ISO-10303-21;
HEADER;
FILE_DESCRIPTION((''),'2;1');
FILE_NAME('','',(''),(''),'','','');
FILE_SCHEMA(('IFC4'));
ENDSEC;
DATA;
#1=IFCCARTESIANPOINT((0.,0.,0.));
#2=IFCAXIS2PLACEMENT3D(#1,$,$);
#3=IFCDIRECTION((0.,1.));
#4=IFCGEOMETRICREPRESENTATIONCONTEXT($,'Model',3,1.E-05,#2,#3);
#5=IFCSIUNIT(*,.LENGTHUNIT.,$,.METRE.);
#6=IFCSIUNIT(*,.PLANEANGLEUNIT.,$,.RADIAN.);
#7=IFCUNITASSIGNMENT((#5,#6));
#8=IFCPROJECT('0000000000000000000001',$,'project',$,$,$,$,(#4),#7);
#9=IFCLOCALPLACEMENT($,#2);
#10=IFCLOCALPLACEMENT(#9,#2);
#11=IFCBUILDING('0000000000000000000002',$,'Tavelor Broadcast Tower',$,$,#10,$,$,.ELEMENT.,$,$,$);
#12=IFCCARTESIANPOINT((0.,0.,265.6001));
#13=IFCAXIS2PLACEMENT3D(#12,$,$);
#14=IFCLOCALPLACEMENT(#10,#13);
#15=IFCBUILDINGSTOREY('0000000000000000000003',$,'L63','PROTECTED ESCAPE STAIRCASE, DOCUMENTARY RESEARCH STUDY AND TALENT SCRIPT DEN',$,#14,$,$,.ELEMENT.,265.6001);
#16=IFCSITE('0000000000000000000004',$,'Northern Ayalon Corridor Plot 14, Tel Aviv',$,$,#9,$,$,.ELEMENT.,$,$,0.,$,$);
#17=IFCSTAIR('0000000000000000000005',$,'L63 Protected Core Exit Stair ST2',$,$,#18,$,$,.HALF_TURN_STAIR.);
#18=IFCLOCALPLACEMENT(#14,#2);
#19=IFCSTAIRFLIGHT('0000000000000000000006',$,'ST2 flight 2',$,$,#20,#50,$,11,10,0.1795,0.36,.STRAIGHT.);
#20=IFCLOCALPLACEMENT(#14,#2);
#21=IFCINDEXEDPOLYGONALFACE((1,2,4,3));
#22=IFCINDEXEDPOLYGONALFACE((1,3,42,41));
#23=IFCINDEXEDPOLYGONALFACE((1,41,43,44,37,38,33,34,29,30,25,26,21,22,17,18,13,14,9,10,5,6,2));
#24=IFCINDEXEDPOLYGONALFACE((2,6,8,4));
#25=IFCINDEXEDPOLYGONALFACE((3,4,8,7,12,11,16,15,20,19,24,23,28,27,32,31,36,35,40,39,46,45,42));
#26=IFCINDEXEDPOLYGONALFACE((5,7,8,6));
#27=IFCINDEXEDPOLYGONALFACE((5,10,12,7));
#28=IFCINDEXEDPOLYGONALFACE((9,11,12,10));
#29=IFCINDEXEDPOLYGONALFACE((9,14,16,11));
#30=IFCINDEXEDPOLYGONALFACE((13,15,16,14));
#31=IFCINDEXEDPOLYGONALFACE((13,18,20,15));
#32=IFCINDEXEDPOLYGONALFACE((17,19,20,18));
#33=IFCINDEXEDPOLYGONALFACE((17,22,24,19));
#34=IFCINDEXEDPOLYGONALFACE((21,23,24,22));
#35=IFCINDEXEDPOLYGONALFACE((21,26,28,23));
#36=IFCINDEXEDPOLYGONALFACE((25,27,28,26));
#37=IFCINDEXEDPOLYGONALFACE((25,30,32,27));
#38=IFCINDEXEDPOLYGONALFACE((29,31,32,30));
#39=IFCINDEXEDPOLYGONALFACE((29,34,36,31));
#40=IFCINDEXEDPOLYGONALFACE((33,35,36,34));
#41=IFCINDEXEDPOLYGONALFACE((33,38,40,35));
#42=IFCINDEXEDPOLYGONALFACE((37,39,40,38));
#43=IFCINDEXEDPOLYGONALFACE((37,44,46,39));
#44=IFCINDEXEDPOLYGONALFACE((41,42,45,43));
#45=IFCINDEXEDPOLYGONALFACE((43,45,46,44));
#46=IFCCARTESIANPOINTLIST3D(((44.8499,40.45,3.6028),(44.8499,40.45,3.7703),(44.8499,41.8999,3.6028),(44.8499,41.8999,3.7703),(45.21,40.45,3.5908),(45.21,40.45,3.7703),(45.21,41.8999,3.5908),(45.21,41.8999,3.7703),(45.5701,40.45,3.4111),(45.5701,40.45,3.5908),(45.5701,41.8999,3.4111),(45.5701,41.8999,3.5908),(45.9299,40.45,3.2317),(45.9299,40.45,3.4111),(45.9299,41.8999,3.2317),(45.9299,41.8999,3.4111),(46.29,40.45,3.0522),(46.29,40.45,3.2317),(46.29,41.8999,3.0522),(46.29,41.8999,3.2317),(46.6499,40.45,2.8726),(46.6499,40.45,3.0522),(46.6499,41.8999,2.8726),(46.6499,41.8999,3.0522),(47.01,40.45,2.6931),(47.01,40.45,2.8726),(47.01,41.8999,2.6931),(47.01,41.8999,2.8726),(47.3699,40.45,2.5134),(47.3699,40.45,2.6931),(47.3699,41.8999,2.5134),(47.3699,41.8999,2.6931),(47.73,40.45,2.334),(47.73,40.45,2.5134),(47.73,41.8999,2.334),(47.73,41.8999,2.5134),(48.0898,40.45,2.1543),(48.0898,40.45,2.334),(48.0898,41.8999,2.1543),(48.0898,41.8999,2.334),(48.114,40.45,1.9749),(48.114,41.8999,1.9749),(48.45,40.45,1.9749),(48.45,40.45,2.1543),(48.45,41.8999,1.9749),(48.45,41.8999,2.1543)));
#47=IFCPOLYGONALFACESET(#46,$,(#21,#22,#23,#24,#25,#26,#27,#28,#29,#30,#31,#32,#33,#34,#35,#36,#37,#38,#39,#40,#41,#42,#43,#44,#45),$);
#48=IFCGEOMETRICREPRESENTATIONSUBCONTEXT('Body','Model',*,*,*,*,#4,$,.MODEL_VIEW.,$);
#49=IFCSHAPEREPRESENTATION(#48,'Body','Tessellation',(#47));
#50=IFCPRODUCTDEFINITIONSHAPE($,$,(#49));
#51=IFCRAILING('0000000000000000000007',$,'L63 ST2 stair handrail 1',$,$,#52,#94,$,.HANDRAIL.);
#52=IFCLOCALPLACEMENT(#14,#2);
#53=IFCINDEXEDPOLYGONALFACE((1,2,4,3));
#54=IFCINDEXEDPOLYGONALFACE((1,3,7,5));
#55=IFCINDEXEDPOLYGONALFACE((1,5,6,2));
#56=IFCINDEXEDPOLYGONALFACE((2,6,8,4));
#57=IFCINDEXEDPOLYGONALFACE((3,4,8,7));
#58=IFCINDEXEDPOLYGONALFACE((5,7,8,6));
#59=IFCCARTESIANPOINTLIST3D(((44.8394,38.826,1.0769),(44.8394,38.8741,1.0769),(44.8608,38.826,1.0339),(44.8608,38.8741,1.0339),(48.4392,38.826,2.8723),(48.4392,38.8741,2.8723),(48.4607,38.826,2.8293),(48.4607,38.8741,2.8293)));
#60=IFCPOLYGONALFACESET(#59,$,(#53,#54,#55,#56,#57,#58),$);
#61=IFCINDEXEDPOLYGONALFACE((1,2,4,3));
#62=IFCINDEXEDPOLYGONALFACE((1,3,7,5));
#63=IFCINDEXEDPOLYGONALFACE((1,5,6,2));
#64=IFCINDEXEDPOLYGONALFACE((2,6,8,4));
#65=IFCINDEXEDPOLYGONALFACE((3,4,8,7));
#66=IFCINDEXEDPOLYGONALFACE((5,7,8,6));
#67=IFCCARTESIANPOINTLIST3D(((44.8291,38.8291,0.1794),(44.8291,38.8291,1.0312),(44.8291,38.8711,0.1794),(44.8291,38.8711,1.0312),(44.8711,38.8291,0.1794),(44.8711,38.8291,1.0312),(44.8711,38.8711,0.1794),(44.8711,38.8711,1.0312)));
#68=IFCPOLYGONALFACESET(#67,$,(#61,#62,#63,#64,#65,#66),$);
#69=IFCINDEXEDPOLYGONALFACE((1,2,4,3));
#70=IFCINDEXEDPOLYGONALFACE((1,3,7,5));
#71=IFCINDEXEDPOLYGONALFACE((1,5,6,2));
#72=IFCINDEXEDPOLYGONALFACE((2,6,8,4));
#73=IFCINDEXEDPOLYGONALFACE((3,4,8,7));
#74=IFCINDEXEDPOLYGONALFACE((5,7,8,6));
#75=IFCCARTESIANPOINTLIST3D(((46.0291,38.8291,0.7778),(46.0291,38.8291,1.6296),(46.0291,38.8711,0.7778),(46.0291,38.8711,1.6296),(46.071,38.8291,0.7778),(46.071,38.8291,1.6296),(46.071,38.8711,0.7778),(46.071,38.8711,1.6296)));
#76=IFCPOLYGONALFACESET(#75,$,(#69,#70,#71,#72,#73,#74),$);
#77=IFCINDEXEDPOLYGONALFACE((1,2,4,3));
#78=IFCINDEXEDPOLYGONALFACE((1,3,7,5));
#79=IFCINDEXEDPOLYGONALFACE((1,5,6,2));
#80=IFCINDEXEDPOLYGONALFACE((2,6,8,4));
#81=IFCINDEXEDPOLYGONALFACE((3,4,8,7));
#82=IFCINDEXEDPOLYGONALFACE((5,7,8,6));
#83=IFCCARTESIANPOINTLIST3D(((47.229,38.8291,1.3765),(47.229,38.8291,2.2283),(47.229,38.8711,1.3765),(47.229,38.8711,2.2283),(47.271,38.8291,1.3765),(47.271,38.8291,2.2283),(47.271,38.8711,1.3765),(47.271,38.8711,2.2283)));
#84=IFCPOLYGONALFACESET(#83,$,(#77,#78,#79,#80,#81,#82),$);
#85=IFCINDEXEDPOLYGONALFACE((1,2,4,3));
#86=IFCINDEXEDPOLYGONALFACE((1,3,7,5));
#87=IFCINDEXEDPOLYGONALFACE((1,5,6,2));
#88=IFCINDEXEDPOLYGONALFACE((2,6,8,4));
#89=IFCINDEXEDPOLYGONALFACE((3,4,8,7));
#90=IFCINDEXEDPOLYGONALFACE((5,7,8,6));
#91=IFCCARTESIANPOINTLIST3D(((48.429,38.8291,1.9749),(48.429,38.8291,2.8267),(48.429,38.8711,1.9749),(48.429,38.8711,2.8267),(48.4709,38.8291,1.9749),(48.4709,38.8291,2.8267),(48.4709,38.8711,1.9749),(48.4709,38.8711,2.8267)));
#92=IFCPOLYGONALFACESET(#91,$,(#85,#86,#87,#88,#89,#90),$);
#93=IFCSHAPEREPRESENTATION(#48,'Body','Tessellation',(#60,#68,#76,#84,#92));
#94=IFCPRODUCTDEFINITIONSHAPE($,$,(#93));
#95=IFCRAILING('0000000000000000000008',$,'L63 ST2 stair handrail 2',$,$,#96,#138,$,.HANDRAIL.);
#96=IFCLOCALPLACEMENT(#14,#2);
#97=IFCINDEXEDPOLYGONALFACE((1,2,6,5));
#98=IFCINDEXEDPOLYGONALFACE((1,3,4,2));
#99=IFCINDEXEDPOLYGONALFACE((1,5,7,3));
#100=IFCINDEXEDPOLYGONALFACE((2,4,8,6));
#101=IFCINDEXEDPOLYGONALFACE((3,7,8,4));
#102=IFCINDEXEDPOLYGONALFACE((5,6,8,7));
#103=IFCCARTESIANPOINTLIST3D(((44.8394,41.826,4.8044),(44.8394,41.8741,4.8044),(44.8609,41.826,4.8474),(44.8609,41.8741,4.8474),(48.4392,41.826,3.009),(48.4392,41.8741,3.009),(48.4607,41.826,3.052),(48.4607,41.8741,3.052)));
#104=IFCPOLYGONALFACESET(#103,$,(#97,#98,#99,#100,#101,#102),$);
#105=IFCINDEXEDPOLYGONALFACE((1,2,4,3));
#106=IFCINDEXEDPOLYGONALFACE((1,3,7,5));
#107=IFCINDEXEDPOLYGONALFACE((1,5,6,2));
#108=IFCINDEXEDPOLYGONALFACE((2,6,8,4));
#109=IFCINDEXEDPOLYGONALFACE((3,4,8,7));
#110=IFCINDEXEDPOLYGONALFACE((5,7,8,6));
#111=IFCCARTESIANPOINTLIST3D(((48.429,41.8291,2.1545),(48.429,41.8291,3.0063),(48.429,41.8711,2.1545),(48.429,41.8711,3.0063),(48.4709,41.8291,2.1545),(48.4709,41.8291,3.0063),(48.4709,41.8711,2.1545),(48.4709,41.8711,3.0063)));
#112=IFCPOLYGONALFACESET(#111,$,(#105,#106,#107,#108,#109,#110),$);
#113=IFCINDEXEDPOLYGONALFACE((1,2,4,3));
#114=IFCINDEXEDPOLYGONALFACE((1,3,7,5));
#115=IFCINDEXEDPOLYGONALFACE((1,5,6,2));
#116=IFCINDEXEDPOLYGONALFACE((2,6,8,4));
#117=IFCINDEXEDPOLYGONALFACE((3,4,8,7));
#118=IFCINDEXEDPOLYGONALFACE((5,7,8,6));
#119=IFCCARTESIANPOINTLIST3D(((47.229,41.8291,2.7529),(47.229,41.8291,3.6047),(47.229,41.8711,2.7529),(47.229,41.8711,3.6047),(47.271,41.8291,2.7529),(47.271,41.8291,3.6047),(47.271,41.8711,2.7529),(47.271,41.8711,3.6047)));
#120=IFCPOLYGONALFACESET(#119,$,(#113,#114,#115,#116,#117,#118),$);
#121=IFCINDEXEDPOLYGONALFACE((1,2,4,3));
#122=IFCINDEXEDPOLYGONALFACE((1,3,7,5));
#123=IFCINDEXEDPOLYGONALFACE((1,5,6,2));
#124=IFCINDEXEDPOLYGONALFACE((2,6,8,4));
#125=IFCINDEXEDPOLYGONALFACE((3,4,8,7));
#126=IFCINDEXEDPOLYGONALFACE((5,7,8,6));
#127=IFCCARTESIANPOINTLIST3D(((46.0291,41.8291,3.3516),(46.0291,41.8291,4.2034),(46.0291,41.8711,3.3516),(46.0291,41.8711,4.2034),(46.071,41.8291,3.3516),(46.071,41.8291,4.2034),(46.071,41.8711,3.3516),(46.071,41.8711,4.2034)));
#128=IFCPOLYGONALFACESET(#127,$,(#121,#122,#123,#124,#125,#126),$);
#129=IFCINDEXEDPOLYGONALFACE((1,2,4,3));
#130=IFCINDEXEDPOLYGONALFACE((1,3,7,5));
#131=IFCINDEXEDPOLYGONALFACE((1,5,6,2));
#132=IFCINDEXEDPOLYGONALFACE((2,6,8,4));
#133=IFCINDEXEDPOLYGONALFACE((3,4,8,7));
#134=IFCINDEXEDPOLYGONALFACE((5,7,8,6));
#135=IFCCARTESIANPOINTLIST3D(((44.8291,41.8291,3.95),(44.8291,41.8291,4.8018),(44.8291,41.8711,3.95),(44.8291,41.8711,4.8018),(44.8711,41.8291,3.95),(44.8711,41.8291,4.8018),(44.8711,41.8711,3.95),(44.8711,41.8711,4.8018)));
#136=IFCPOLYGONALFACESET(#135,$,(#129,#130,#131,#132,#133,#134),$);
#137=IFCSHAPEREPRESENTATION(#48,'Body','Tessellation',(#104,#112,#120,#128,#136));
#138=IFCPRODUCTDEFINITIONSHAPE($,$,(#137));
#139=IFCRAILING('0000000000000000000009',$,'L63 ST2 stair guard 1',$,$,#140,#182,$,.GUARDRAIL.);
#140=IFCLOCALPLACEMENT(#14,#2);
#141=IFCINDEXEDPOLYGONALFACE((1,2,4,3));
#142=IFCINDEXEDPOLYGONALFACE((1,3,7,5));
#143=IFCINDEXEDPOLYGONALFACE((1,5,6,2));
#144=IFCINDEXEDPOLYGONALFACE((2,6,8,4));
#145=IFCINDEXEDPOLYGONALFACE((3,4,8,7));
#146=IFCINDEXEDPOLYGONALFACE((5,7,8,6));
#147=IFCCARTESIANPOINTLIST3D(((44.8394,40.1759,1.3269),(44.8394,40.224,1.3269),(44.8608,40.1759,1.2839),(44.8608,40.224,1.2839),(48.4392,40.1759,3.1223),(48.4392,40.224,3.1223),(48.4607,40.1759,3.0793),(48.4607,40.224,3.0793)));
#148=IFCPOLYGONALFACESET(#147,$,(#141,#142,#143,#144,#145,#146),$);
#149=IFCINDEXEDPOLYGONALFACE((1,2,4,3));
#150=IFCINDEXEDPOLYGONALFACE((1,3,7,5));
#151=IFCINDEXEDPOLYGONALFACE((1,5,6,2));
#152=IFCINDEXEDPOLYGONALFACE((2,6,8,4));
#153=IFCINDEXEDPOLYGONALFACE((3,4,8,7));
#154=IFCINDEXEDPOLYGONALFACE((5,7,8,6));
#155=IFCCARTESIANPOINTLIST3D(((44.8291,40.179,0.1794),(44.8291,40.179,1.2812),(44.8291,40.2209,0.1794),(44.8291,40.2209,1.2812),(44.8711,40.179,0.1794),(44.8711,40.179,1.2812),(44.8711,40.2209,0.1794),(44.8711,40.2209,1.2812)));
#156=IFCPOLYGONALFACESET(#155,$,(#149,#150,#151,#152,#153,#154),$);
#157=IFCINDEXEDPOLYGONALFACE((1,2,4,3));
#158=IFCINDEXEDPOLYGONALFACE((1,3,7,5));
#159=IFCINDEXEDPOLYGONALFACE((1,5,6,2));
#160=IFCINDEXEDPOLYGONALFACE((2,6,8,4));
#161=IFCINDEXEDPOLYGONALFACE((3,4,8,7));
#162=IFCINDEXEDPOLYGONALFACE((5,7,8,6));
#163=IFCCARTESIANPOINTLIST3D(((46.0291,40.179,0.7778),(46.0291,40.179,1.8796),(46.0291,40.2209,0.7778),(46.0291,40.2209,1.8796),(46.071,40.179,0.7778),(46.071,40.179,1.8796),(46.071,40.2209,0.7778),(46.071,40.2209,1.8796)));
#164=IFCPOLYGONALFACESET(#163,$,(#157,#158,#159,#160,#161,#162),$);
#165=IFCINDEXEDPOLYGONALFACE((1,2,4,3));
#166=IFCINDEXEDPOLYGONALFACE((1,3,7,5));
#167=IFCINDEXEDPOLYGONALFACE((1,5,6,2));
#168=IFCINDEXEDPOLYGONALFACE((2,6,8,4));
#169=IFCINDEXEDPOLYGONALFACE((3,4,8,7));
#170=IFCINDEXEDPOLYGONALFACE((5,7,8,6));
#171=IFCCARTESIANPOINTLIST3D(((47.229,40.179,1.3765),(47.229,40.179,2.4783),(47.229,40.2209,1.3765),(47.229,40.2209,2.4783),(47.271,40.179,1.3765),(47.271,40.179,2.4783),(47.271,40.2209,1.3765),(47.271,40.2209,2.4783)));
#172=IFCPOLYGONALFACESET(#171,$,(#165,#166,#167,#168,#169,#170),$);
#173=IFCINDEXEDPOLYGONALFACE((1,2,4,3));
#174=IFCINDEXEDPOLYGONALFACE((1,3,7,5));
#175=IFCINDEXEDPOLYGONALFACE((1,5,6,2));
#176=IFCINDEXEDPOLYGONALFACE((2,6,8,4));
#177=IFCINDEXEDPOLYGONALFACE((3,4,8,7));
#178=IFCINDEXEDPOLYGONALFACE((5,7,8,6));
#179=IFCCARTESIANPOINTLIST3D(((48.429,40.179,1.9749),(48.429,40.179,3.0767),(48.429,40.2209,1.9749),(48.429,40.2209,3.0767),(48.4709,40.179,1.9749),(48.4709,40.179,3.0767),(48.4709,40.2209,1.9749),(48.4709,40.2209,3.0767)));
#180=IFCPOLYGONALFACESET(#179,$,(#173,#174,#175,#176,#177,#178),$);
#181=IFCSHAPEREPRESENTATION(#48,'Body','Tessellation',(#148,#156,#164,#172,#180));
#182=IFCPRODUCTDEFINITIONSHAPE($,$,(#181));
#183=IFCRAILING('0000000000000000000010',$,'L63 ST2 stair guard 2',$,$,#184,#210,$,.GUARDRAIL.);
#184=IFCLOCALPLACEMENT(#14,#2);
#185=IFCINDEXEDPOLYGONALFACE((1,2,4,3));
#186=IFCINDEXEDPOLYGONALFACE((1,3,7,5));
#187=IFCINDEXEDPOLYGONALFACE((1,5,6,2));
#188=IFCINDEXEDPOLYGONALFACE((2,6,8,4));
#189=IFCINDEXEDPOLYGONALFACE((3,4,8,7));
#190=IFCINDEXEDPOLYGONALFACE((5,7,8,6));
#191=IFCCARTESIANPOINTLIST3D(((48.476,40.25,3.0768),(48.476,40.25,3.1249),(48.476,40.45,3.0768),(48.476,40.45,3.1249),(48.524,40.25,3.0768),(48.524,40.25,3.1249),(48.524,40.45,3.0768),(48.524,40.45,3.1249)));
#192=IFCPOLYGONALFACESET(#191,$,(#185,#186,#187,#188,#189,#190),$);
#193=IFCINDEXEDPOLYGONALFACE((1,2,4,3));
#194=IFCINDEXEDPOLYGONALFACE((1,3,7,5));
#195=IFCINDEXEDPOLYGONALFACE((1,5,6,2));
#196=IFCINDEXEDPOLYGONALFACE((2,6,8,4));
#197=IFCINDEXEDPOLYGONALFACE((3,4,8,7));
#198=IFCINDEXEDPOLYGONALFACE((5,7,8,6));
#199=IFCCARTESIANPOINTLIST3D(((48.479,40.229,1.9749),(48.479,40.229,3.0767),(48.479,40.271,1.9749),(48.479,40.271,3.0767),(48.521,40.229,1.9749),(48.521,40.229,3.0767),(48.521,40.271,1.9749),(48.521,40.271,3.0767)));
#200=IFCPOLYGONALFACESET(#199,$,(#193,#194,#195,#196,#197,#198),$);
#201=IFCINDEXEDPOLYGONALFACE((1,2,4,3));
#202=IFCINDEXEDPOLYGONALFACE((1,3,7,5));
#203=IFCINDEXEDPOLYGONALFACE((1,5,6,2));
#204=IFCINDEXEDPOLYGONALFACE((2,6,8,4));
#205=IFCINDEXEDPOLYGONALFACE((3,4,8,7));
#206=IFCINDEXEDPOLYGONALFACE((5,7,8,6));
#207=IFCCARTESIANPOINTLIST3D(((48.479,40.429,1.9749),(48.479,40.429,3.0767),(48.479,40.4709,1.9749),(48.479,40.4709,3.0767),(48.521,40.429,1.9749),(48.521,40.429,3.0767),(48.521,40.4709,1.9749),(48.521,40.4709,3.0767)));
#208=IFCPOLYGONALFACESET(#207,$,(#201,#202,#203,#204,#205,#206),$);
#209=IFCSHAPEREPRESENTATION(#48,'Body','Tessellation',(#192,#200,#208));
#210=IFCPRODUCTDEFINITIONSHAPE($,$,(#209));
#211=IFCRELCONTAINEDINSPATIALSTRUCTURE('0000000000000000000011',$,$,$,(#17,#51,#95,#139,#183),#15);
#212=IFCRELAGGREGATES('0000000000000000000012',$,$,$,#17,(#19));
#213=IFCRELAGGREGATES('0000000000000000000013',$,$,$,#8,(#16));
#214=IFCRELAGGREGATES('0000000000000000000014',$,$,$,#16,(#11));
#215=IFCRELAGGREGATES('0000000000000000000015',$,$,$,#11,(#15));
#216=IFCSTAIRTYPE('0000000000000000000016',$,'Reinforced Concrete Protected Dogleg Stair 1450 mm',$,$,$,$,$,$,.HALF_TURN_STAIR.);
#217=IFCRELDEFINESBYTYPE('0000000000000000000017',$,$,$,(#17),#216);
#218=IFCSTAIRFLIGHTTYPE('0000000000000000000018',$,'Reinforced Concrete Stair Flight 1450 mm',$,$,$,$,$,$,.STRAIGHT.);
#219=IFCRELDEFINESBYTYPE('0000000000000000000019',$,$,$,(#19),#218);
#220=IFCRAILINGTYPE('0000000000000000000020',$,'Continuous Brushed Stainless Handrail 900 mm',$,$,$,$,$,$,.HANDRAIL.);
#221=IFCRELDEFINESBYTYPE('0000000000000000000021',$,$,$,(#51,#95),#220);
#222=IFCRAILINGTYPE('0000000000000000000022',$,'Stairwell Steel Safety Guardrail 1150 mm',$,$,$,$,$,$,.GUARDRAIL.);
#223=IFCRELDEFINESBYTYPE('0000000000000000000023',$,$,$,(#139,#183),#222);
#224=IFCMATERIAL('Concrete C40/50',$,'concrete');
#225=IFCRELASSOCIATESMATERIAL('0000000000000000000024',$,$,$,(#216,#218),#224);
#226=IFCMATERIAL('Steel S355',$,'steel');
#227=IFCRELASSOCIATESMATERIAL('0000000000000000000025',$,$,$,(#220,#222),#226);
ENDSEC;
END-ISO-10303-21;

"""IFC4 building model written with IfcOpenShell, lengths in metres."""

from ifc_helpers import new_model, si_unit, direction, frame, origin, origin_2d, place, context, subcontext, project, spatial, polyline, rectangle, outline, extrude, material, type_object, element, aggregate, save


model = new_model("IFC4")

# Units and contexts
model_context = context("Model", 3, precision=1e-05, world=origin(), true_north=direction((0.0, 1.0)))
body_context = subcontext(model_context, "Body", "Model", "MODEL_VIEW")
ifc_project = project(units=[si_unit("LENGTHUNIT", "METRE"), si_unit("PLANEANGLEUNIT", "RADIAN")], contexts=[model_context])

# Site, building, storey
site_placement = place(None, origin())
site = spatial("IfcSite", under=ifc_project, at=site_placement, Name="Northern Ayalon Corridor Plot 14, Tel Aviv", CompositionType="ELEMENT", RefElevation=0.0)
building_placement = place(site_placement, origin())
building = spatial("IfcBuilding", under=site, at=building_placement, Name="Tavelor Broadcast Tower", CompositionType="ELEMENT")
storey_placement = place(building_placement, frame((0.0, 0.0, 265.6001)))
storey = spatial("IfcBuildingStorey", under=building, at=storey_placement, Name="L63", Description="PROTECTED ESCAPE STAIRCASE, DOCUMENTARY RESEARCH STUDY AND TALENT SCRIPT DEN", CompositionType="ELEMENT", Elevation=265.6001)

# Shared definitions
ifc_material_1 = material(Name="Concrete C40/50", Category="concrete")
ifc_material_2 = material(Name="Steel S355", Category="steel")

# Stair, stair flight
stair_type = type_object("IfcStairType", Name="Reinforced Concrete Protected Dogleg Stair 1450 mm", PredefinedType="HALF_TURN_STAIR", material=ifc_material_1)
stair_placement = place(storey_placement, origin())
stair = element("IfcStair", 1, at=stair_placement, inside=storey, type_object=stair_type, Name="L63 Protected Core Exit Stair ST2", PredefinedType="HALF_TURN_STAIR")
stair_flight_type = type_object("IfcStairFlightType", Name="Reinforced Concrete Stair Flight 1450 mm", PredefinedType="STRAIGHT", material=ifc_material_1)
stair_flight_1_placement = place(storey_placement, frame((48.45, 41.175, 1.9749), z_axis=(0.0, 0.0, 1.0), x_axis=(-1.0, 0.0, 0.0)))
stair_flight_1 = element("IfcStairFlight", 2, at=stair_flight_1_placement, type_object=stair_flight_type, Name="ST2 flight 2", NumberOfRisers=11, NumberOfTreads=10, PredefinedType="STRAIGHT", RiserHeight=0.1795, TreadLength=0.36, context=body_context, shape_type="SweptSolid", body=[
    extrude(outline(polyline([(0.0, 0.0), (0.0, 0.1794), (0.3601, 0.1794), (0.3601, 0.3591), (0.72, 0.3591), (0.72, 0.5386), (1.0801, 0.5386), (1.0801, 0.7183), (1.4399, 0.7183), (1.4399, 0.8977), (1.8, 0.8977), (1.8, 1.0774), (2.1599, 1.0774), (2.1599, 1.2568), (2.52, 1.2568), (2.52, 1.4363), (2.8799, 1.4363), (2.8799, 1.616), (3.24, 1.616), (3.24, 1.7954), (3.6001, 1.7954), (3.6001, 1.9751), (3.6001, 1.6279), (0.3359, 0.0), (0.0, 0.0)])), frame((0.0, 0.7251, 0.0), z_axis=(0.0, -1.0, 0.0), x_axis=(1.0, 0.0, 0.0)), (0.0, 0.0, 1.0), 1.45),
])
aggregate(stair, [stair_flight_1])

# Railings
railing_type_1 = type_object("IfcRailingType", Name="Continuous Brushed Stainless Handrail 900 mm", PredefinedType="HANDRAIL", material=ifc_material_2)
railing_1_placement = place(storey_placement, frame((44.8501, 38.8501, 0.1794)))
element("IfcRailing", 3, at=railing_1_placement, inside=storey, type_object=railing_type_1, Name="L63 ST2 stair handrail 1", PredefinedType="HANDRAIL", context=body_context, shape_type="SweptSolid", body=[
    extrude(rectangle(XDim=0.0481, YDim=0.0481, at=origin_2d()), frame((0.0, 0.0, 0.876), z_axis=(0.894876, 0.0, 0.446315), x_axis=(0.0, 1.0, 0.0)), (0.0, 0.0, 1.0), 4.0227),
    extrude(rectangle(XDim=0.042, YDim=0.042, at=origin_2d()), origin(), (0.0, 0.0, 1.0), 0.8518),
    extrude(rectangle(XDim=0.042, YDim=0.042, at=origin_2d()), frame((1.2, 0.0, 0.5984)), (0.0, 0.0, 1.0), 0.8518),
    extrude(rectangle(XDim=0.042, YDim=0.042, at=origin_2d()), frame((2.3999, 0.0, 1.197)), (0.0, 0.0, 1.0), 0.8518),
    extrude(rectangle(XDim=0.042, YDim=0.042, at=origin_2d()), frame((3.5999, 0.0, 1.7954)), (0.0, 0.0, 1.0), 0.8518),
])
railing_2_placement = place(storey_placement, frame((48.45, 41.8501, 2.1545)))
element("IfcRailing", 4, at=railing_2_placement, inside=storey, type_object=railing_type_1, Name="L63 ST2 stair handrail 2", PredefinedType="HANDRAIL", context=body_context, shape_type="SweptSolid", body=[
    extrude(rectangle(XDim=0.0481, YDim=0.0481, at=origin_2d()), frame((0.0, 0.0, 0.876), z_axis=(-0.894876, 0.0, 0.446315), x_axis=(0.0, -1.0, 0.0)), (0.0, 0.0, 1.0), 4.0227),
    extrude(rectangle(XDim=0.042, YDim=0.042, at=origin_2d()), origin(), (0.0, 0.0, 1.0), 0.8518),
    extrude(rectangle(XDim=0.042, YDim=0.042, at=origin_2d()), frame((-1.2, 0.0, 0.5984)), (0.0, 0.0, 1.0), 0.8518),
    extrude(rectangle(XDim=0.042, YDim=0.042, at=origin_2d()), frame((-2.3999, 0.0, 1.197)), (0.0, 0.0, 1.0), 0.8518),
    extrude(rectangle(XDim=0.042, YDim=0.042, at=origin_2d()), frame((-3.5999, 0.0, 1.7954)), (0.0, 0.0, 1.0), 0.8518),
])
railing_type_2 = type_object("IfcRailingType", Name="Stairwell Steel Safety Guardrail 1150 mm", PredefinedType="GUARDRAIL", material=ifc_material_2)
railing_3_placement = place(storey_placement, frame((44.8501, 40.2, 0.1794)))
element("IfcRailing", 5, at=railing_3_placement, inside=storey, type_object=railing_type_2, Name="L63 ST2 stair guard 1", PredefinedType="GUARDRAIL", context=body_context, shape_type="SweptSolid", body=[
    extrude(rectangle(XDim=0.0481, YDim=0.0481, at=origin_2d()), frame((0.0, 0.0, 1.126), z_axis=(0.894876, 0.0, 0.446315), x_axis=(0.0, 1.0, 0.0)), (0.0, 0.0, 1.0), 4.0227),
    extrude(rectangle(XDim=0.042, YDim=0.042, at=origin_2d()), origin(), (0.0, 0.0, 1.0), 1.1018),
    extrude(rectangle(XDim=0.042, YDim=0.042, at=origin_2d()), frame((1.2, 0.0, 0.5984)), (0.0, 0.0, 1.0), 1.1018),
    extrude(rectangle(XDim=0.042, YDim=0.042, at=origin_2d()), frame((2.3999, 0.0, 1.197)), (0.0, 0.0, 1.0), 1.1018),
    extrude(rectangle(XDim=0.042, YDim=0.042, at=origin_2d()), frame((3.5999, 0.0, 1.7954)), (0.0, 0.0, 1.0), 1.1018),
])
railing_4_placement = place(storey_placement, frame((48.5, 40.25, 1.9749)))
element("IfcRailing", 6, at=railing_4_placement, inside=storey, type_object=railing_type_2, Name="L63 ST2 stair guard 2", PredefinedType="GUARDRAIL", context=body_context, shape_type="SweptSolid", body=[
    extrude(rectangle(XDim=0.0481, YDim=0.0481, at=origin_2d()), frame((0.0, 0.0, 1.126), z_axis=(0.0, 1.0, 0.0), x_axis=(-1.0, 0.0, 0.0)), (0.0, 0.0, 1.0), 0.2),
    extrude(rectangle(XDim=0.042, YDim=0.042, at=origin_2d()), origin(), (0.0, 0.0, 1.0), 1.1018),
    extrude(rectangle(XDim=0.042, YDim=0.042, at=origin_2d()), frame((0.0, 0.2, 0.0)), (0.0, 0.0, 1.0), 1.1018),
])

save(model, "model.ifc")
